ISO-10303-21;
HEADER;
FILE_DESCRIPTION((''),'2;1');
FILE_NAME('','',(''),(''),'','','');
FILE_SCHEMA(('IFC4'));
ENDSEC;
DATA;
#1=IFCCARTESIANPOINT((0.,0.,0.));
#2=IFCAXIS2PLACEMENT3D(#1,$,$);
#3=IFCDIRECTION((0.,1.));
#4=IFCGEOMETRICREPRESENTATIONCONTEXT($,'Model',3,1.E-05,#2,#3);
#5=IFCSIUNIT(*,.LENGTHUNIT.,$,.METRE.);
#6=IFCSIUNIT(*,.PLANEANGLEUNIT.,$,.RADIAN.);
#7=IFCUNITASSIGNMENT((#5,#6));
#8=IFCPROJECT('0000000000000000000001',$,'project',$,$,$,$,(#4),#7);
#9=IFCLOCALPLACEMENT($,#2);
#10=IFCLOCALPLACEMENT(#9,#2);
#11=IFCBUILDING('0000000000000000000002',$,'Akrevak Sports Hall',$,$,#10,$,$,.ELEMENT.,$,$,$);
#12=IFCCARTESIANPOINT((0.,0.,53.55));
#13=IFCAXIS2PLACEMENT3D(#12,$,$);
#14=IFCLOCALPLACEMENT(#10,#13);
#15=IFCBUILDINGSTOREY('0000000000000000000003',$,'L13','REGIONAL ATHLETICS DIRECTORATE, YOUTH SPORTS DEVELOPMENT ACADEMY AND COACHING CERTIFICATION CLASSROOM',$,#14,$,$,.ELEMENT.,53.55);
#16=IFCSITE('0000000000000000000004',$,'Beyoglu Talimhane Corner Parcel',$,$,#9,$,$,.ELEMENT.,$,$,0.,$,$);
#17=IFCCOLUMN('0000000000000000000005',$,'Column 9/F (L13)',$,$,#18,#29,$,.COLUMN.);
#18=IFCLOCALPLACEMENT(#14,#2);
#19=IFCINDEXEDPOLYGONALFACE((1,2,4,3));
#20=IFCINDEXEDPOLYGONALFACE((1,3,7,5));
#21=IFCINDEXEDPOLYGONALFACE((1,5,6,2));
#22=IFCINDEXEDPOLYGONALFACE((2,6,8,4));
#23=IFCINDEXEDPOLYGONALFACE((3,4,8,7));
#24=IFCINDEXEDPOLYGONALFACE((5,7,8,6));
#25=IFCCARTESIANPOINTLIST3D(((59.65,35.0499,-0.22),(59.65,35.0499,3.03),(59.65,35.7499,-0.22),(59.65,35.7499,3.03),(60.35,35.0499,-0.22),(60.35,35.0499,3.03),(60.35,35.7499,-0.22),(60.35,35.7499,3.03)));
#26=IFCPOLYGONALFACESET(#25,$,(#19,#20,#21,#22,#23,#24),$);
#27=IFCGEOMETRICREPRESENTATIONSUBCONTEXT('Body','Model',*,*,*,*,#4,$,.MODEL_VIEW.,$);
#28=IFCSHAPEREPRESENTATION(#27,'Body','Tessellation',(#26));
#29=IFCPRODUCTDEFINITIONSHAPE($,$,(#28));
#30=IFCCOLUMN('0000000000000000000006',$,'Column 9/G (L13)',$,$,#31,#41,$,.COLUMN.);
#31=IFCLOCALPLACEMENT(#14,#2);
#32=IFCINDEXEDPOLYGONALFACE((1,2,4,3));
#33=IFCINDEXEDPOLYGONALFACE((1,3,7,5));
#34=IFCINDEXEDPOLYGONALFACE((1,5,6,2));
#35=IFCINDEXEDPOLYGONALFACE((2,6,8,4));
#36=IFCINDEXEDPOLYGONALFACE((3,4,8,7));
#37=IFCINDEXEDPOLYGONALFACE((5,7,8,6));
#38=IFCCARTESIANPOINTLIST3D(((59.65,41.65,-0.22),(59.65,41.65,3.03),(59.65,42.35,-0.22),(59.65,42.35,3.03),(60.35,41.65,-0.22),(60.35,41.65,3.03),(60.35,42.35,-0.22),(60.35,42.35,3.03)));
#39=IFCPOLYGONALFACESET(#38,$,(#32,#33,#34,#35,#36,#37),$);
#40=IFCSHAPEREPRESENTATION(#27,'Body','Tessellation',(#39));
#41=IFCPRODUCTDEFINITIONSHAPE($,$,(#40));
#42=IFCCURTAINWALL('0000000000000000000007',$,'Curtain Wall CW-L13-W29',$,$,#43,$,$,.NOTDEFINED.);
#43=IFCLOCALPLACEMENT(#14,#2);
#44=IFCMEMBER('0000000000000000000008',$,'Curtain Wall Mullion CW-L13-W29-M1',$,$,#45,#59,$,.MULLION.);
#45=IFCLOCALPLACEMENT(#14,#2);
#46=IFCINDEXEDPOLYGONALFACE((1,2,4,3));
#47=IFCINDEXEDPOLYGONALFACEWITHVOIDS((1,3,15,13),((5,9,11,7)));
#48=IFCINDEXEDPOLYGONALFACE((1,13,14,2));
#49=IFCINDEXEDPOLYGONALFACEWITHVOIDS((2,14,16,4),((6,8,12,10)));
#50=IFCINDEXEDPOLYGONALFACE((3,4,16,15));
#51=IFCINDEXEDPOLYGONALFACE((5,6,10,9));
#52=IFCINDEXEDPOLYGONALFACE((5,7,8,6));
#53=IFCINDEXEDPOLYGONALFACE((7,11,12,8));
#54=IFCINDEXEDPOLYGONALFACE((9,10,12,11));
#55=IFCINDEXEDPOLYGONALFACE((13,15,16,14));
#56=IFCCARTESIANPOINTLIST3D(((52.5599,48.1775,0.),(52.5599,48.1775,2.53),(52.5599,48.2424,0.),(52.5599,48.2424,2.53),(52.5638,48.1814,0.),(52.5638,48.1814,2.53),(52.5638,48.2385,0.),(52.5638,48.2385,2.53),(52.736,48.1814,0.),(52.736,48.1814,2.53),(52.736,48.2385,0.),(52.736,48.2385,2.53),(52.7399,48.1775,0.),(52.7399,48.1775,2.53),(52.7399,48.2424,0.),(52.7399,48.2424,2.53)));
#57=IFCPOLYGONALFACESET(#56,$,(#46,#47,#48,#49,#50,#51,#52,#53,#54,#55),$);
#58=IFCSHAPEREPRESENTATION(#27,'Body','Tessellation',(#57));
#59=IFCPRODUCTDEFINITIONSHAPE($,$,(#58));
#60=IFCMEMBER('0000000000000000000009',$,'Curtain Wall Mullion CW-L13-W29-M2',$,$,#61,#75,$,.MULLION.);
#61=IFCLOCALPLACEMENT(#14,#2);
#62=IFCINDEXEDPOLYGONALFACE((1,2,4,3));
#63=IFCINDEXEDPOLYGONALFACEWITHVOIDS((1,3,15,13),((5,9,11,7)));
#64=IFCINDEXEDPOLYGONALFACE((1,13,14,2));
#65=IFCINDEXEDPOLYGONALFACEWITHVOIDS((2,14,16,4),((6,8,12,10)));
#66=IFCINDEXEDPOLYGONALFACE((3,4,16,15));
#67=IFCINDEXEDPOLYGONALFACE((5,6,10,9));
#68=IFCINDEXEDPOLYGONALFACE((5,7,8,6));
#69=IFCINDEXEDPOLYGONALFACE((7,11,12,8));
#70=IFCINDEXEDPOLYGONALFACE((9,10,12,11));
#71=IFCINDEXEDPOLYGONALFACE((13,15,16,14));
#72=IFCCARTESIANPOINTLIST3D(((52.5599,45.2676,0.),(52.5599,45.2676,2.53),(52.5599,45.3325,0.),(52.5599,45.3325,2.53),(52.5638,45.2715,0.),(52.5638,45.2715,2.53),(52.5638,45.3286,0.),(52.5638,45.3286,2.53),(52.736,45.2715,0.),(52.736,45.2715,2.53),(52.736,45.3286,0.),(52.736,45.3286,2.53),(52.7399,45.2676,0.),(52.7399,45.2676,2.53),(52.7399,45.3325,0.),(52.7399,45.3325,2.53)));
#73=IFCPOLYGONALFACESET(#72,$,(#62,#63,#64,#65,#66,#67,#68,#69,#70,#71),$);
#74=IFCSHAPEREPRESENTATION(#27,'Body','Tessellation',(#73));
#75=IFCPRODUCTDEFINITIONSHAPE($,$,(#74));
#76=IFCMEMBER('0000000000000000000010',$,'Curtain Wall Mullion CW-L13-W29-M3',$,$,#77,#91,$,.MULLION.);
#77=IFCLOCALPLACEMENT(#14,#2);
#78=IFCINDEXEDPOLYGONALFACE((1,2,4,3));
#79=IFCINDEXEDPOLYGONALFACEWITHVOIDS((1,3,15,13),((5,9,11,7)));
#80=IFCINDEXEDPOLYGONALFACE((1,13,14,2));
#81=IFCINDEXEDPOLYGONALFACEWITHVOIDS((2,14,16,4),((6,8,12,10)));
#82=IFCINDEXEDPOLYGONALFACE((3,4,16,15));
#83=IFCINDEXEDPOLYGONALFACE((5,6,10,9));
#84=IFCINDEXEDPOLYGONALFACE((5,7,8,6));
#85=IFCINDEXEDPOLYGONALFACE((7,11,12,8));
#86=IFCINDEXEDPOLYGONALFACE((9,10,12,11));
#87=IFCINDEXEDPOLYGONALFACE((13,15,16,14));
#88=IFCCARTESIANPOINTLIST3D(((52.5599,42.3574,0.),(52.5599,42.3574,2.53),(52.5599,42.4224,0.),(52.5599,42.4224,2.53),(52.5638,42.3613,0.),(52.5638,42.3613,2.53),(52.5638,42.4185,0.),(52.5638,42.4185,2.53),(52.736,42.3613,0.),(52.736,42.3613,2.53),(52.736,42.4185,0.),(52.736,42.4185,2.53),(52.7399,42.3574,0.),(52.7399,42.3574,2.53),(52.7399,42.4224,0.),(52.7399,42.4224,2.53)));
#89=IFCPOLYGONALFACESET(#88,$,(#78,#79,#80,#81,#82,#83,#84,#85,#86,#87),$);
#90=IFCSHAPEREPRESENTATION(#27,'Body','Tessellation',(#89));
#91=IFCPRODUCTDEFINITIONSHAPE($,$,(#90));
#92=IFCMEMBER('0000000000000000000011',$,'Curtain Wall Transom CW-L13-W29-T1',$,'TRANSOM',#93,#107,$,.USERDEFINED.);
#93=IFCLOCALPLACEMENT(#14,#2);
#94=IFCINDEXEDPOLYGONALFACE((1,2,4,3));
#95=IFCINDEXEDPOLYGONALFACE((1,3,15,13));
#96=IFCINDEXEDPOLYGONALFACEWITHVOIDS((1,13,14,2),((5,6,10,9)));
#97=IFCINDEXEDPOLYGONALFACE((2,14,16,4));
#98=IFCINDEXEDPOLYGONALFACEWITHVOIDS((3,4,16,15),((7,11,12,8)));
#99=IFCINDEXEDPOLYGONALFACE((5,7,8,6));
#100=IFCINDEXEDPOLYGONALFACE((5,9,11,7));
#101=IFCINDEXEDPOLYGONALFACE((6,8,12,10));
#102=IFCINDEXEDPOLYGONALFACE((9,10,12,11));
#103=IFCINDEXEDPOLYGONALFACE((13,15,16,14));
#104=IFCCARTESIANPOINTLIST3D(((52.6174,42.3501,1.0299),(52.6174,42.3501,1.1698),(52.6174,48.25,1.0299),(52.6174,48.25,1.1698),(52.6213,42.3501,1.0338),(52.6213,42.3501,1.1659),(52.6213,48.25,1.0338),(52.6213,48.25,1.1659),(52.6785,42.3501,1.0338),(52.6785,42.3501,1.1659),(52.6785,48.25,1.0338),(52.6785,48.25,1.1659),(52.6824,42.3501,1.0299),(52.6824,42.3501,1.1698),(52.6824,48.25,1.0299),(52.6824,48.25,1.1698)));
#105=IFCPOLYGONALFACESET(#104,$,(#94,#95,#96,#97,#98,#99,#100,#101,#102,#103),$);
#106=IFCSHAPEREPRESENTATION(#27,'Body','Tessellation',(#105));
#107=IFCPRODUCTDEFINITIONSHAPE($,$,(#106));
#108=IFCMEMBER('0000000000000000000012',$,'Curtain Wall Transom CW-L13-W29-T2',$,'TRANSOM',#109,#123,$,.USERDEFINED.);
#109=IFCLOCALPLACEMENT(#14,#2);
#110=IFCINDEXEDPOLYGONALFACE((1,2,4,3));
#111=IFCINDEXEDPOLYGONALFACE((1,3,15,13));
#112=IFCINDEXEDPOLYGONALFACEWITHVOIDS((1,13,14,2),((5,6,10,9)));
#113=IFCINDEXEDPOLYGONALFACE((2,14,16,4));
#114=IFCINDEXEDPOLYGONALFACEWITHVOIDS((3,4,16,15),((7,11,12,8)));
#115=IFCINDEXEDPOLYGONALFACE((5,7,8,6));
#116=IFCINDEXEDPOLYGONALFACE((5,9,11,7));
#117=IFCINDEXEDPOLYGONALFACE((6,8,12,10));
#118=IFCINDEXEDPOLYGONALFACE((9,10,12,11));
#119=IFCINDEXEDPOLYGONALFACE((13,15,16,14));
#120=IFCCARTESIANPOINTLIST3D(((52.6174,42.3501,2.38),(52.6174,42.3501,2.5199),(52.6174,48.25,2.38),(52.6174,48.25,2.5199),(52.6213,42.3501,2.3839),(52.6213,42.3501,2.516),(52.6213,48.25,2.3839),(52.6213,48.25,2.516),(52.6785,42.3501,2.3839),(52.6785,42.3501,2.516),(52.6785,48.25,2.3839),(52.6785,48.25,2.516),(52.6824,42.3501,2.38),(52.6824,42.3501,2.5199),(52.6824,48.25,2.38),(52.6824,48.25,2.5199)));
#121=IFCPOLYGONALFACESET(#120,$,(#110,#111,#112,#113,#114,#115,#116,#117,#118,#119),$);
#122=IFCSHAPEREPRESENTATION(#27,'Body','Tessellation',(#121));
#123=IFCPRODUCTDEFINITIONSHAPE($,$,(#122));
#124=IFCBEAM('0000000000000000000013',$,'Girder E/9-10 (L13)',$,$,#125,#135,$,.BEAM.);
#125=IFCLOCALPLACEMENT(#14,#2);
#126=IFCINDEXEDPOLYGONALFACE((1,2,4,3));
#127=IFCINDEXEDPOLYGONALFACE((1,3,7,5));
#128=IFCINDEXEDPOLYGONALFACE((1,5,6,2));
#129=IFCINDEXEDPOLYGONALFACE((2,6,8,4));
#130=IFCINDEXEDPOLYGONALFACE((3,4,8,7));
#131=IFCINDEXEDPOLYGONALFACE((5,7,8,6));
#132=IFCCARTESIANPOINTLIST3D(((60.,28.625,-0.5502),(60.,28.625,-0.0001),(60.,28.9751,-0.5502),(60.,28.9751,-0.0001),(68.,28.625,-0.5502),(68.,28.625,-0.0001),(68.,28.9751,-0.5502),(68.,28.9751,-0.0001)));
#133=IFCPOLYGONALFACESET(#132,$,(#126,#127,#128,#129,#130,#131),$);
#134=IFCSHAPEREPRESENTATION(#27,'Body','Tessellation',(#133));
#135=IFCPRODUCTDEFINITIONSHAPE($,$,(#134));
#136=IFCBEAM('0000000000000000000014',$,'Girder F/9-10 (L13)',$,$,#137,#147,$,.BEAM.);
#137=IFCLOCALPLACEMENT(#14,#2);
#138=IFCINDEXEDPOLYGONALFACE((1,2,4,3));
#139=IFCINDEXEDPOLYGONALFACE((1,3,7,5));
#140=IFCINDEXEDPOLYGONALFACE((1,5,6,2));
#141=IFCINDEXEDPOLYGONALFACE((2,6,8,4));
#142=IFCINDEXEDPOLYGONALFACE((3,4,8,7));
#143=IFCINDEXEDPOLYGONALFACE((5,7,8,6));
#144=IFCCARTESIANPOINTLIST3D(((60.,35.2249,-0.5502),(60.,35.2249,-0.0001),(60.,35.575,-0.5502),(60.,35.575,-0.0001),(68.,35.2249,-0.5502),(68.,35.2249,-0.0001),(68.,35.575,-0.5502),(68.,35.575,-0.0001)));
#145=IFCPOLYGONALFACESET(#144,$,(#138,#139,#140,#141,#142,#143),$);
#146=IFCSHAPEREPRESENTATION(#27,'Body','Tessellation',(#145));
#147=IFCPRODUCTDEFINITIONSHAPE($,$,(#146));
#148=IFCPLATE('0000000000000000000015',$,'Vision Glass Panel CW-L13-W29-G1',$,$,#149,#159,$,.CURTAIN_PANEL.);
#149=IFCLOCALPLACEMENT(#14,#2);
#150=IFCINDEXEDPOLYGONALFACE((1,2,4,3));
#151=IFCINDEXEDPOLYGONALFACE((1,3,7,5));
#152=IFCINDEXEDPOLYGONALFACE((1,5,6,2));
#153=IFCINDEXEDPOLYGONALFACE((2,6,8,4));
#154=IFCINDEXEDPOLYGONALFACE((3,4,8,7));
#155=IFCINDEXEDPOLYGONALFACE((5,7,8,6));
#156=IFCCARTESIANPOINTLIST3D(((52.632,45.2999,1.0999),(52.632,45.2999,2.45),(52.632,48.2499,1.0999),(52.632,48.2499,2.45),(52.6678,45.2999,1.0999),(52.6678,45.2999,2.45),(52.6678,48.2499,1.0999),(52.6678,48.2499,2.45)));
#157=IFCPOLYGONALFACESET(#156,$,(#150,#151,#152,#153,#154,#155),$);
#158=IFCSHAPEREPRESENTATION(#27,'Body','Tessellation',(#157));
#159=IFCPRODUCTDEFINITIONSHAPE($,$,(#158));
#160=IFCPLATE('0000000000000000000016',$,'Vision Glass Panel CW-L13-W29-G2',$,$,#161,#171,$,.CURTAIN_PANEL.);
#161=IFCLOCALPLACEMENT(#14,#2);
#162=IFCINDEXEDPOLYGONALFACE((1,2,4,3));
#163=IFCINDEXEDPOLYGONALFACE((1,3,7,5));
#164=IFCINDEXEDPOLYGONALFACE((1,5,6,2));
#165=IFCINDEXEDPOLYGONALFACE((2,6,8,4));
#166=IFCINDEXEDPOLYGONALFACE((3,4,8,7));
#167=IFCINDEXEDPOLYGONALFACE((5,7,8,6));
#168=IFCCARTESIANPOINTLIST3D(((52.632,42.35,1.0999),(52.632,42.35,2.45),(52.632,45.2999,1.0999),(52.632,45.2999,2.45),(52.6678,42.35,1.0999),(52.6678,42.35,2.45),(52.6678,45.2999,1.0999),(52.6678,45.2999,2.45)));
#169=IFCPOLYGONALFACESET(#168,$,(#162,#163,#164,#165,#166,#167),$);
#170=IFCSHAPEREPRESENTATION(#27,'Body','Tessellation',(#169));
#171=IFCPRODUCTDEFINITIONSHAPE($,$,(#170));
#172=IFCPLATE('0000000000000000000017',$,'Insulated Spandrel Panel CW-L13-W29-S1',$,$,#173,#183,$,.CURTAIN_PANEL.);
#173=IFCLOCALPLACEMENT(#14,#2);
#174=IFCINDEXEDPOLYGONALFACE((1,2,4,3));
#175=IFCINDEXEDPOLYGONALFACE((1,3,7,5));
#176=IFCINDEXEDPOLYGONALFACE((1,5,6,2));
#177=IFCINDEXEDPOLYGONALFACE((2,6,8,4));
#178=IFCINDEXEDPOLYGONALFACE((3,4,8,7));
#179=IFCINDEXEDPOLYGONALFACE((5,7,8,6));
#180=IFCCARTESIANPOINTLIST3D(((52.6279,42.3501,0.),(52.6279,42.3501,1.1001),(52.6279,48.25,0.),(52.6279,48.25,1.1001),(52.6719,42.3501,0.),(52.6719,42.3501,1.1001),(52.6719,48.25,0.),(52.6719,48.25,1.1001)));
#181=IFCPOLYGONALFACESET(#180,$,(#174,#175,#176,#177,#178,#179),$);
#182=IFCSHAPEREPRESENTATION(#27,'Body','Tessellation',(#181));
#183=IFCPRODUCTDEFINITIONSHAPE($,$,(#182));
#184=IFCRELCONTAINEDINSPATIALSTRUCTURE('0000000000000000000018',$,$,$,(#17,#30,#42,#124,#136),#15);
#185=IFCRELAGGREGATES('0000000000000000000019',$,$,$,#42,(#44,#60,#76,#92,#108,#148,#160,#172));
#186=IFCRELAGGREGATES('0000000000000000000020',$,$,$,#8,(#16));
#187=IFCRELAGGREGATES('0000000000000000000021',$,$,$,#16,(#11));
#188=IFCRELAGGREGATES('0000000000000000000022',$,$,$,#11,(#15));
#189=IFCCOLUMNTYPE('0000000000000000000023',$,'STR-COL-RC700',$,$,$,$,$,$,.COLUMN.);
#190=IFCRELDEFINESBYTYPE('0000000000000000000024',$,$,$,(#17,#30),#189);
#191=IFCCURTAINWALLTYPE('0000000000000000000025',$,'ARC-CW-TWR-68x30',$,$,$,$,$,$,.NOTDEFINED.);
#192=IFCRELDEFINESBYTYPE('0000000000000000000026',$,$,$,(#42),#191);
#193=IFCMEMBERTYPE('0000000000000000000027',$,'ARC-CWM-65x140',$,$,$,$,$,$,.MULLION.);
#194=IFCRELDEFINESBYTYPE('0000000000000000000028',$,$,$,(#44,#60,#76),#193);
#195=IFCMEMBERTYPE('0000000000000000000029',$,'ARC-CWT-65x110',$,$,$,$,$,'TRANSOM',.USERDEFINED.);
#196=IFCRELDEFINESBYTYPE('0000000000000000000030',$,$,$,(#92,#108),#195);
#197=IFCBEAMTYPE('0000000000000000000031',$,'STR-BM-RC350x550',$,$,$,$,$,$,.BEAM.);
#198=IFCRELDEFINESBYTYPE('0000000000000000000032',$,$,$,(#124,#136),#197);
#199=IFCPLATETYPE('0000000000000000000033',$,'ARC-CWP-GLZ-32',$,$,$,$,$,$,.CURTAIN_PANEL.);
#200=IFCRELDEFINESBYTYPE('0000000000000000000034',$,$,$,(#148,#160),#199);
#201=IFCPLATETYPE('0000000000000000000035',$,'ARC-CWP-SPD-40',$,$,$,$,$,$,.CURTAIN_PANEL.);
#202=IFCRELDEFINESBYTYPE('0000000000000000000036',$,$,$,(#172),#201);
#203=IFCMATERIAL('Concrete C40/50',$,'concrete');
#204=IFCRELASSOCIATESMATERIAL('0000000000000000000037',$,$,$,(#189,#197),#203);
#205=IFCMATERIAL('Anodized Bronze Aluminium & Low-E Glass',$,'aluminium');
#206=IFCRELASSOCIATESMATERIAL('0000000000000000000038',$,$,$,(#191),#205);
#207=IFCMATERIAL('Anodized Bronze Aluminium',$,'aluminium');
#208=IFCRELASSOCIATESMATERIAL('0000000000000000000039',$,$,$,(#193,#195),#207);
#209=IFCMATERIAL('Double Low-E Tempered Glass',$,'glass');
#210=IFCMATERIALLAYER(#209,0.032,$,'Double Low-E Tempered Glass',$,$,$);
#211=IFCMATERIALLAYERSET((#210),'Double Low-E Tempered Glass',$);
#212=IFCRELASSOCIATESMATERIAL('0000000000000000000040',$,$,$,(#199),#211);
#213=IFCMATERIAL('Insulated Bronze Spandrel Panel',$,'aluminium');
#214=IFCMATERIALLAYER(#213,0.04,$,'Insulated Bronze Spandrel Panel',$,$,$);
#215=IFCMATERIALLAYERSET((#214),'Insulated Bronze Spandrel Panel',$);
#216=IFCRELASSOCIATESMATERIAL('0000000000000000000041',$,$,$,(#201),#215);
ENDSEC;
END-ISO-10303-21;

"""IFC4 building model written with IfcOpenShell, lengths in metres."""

from ifc_helpers import new_model, si_unit, direction, frame, origin, origin_2d, place, context, subcontext, project, spatial, rectangle, hollow_rectangle, extrude, material, layer, layer_set, material_profile, profile_set, type_object, element, aggregate, save


model = new_model("IFC4")

# Units and contexts
model_context = context("Model", 3, precision=1e-05, world=origin(), true_north=direction((0.0, 1.0)))
body_context = subcontext(model_context, "Body", "Model", "MODEL_VIEW")
ifc_project = project(units=[si_unit("LENGTHUNIT", "METRE"), si_unit("PLANEANGLEUNIT", "RADIAN")], contexts=[model_context])

# Site, building, storey
site_placement = place(None, origin())
site = spatial("IfcSite", under=ifc_project, at=site_placement, Name="Beyoglu Talimhane Corner Parcel", CompositionType="ELEMENT", RefElevation=0.0)
building_placement = place(site_placement, origin())
building = spatial("IfcBuilding", under=site, at=building_placement, Name="Akrevak Sports Hall", CompositionType="ELEMENT")
storey_placement = place(building_placement, frame((0.0, 0.0, 53.55)))
storey = spatial("IfcBuildingStorey", under=building, at=storey_placement, Name="L13", Description="REGIONAL ATHLETICS DIRECTORATE, YOUTH SPORTS DEVELOPMENT ACADEMY AND COACHING CERTIFICATION CLASSROOM", CompositionType="ELEMENT", Elevation=53.55)

# Columns
ifc_material_1 = material(Name="Concrete C40/50", Category="concrete")
ifc_material_profile_1 = material_profile(ifc_material_1, rectangle(XDim=0.7, YDim=0.7, at=origin_2d()), Name="RC 700x700", Category="concrete")
ifc_profile_set_1 = profile_set([ifc_material_profile_1], Name="Concrete C40/50")
column_type = type_object("IfcColumnType", Name="STR-COL-RC700", PredefinedType="COLUMN", material=ifc_profile_set_1)
for number, where, z_axis, x_axis, name in (
    (1, (60.0, 35.3999, -0.22), (0.0, 0.0, 1.0), (1.0, 0.0, 0.0), "Column 9/F (L13)"),
    (2, (60.0, 42.0, -0.22), (0.0, 0.0, 1.0), (1.0, 0.0, 0.0), "Column 9/G (L13)"),
):
    element("IfcColumn", number, at=place(storey_placement, frame(where, z_axis=z_axis, x_axis=x_axis)), inside=storey, type_object=column_type, Name=name, PredefinedType="COLUMN", context=body_context, shape_type="SweptSolid", body=[
        extrude(rectangle(XDim=0.7, YDim=0.7, at=origin_2d()), origin(), (0.0, 0.0, 1.0), 3.25),
    ])

# Curtain wall, members
ifc_material_2 = material(Name="Anodized Bronze Aluminium & Low-E Glass", Category="aluminium")
curtain_wall_type = type_object("IfcCurtainWallType", Name="ARC-CW-TWR-68x30", PredefinedType="NOTDEFINED", material=ifc_material_2)
curtain_wall_placement = place(storey_placement, origin())
curtain_wall = element("IfcCurtainWall", 3, at=curtain_wall_placement, inside=storey, type_object=curtain_wall_type, Name="Curtain Wall CW-L13-W29", PredefinedType="NOTDEFINED")
ifc_material_3 = material(Name="Anodized Bronze Aluminium", Category="aluminium")
ifc_material_profile_2 = material_profile(ifc_material_3, hollow_rectangle(XDim=0.0649, YDim=0.1799, WallThickness=0.0039, at=origin_2d()), Name="CWM 65x180", Category="aluminium")
ifc_profile_set_2 = profile_set([ifc_material_profile_2], Name="Anodized Bronze Aluminium")
member_type_1 = type_object("IfcMemberType", Name="ARC-CWM-65x140", PredefinedType="MULLION", material=ifc_profile_set_2)
member_1_placement = place(storey_placement, frame((52.6499, 48.21, 0.0), z_axis=(0.0, 0.0, 1.0), x_axis=(0.0, -1.0, 0.0)))
member_1 = element("IfcMember", 4, at=member_1_placement, type_object=member_type_1, Name="Curtain Wall Mullion CW-L13-W29-M1", PredefinedType="MULLION", context=body_context, shape_type="SweptSolid", body=[
    extrude(hollow_rectangle(XDim=0.0649, YDim=0.1799, WallThickness=0.0039, at=origin_2d()), origin(), (0.0, 0.0, 1.0), 2.53),
])
member_2_placement = place(storey_placement, frame((52.6499, 45.3, 0.0), z_axis=(0.0, 0.0, 1.0), x_axis=(0.0, -1.0, 0.0)))
member_2 = element("IfcMember", 5, at=member_2_placement, type_object=member_type_1, Name="Curtain Wall Mullion CW-L13-W29-M2", PredefinedType="MULLION", context=body_context, shape_type="SweptSolid", body=[
    extrude(hollow_rectangle(XDim=0.0649, YDim=0.1799, WallThickness=0.0039, at=origin_2d()), origin(), (0.0, 0.0, 1.0), 2.53),
])
member_3_placement = place(storey_placement, frame((52.6499, 42.3899, 0.0), z_axis=(0.0, 0.0, 1.0), x_axis=(0.0, -1.0, 0.0)))
member_3 = element("IfcMember", 6, at=member_3_placement, type_object=member_type_1, Name="Curtain Wall Mullion CW-L13-W29-M3", PredefinedType="MULLION", context=body_context, shape_type="SweptSolid", body=[
    extrude(hollow_rectangle(XDim=0.0649, YDim=0.1799, WallThickness=0.0039, at=origin_2d()), origin(), (0.0, 0.0, 1.0), 2.53),
])
ifc_material_profile_3 = material_profile(ifc_material_3, hollow_rectangle(XDim=0.0649, YDim=0.1399, WallThickness=0.0039, at=origin_2d()), Name="CWT 65x140", Category="aluminium")
ifc_profile_set_3 = profile_set([ifc_material_profile_3], Name="Anodized Bronze Aluminium")
member_type_2 = type_object("IfcMemberType", Name="ARC-CWT-65x110", ElementType="TRANSOM", PredefinedType="USERDEFINED", material=ifc_profile_set_3)
member_4_placement = place(storey_placement, frame((52.6499, 48.25, 1.0999), z_axis=(0.0, -1.0, 0.0), x_axis=(1.0, 0.0, 0.0)))
member_4 = element("IfcMember", 7, at=member_4_placement, type_object=member_type_2, Name="Curtain Wall Transom CW-L13-W29-T1", ObjectType="TRANSOM", PredefinedType="USERDEFINED", context=body_context, shape_type="SweptSolid", body=[
    extrude(hollow_rectangle(XDim=0.0649, YDim=0.1399, WallThickness=0.0039, at=origin_2d()), origin(), (0.0, 0.0, 1.0), 5.8999),
])
member_5_placement = place(storey_placement, frame((52.6499, 48.25, 2.45), z_axis=(0.0, -1.0, 0.0), x_axis=(1.0, 0.0, 0.0)))
member_5 = element("IfcMember", 8, at=member_5_placement, type_object=member_type_2, Name="Curtain Wall Transom CW-L13-W29-T2", ObjectType="TRANSOM", PredefinedType="USERDEFINED", context=body_context, shape_type="SweptSolid", body=[
    extrude(hollow_rectangle(XDim=0.0649, YDim=0.1399, WallThickness=0.0039, at=origin_2d()), origin(), (0.0, 0.0, 1.0), 5.8999),
])

# Beams
ifc_material_profile_4 = material_profile(ifc_material_1, rectangle(XDim=0.3501, YDim=0.55, at=origin_2d()), Name="BM 350x550", Category="concrete")
ifc_profile_set_4 = profile_set([ifc_material_profile_4], Name="Concrete C40/50")
beam_type = type_object("IfcBeamType", Name="STR-BM-RC350x550", PredefinedType="BEAM", material=ifc_profile_set_4)
for number, where, z_axis, x_axis, name in (
    (9, (60.0, 28.8, -0.2751), (1.0, 0.0, 0.0), (0.0, 1.0, 0.0), "Girder E/9-10 (L13)"),
    (10, (60.0, 35.3999, -0.2751), (1.0, 0.0, 0.0), (0.0, 1.0, 0.0), "Girder F/9-10 (L13)"),
):
    element("IfcBeam", number, at=place(storey_placement, frame(where, z_axis=z_axis, x_axis=x_axis)), inside=storey, type_object=beam_type, Name=name, PredefinedType="BEAM", context=body_context, shape_type="SweptSolid", body=[
        extrude(rectangle(XDim=0.3501, YDim=0.55, at=origin_2d()), origin(), (0.0, 0.0, 1.0), 8.0),
    ])

# Plates
ifc_material_4 = material(Name="Double Low-E Tempered Glass", Category="glass")
ifc_layer_1 = layer(ifc_material_4, 0.032, Name="Double Low-E Tempered Glass")
ifc_layer_set_1 = layer_set([ifc_layer_1], Name="Double Low-E Tempered Glass")
plate_type_1 = type_object("IfcPlateType", Name="ARC-CWP-GLZ-32", PredefinedType="CURTAIN_PANEL", material=ifc_layer_set_1)
plate_1_placement = place(storey_placement, frame((52.6499, 46.7749, 1.0999), z_axis=(0.0, 0.0, 1.0), x_axis=(0.0, -1.0, 0.0)))
plate_1 = element("IfcPlate", 11, at=plate_1_placement, type_object=plate_type_1, Name="Vision Glass Panel CW-L13-W29-G1", PredefinedType="CURTAIN_PANEL", context=body_context, shape_type="SweptSolid", body=[
    extrude(rectangle(XDim=2.95, YDim=0.0359, at=origin_2d()), origin(), (0.0, 0.0, 1.0), 1.3501),
])
plate_2_placement = place(storey_placement, frame((52.6499, 43.825, 1.0999), z_axis=(0.0, 0.0, 1.0), x_axis=(0.0, -1.0, 0.0)))
plate_2 = element("IfcPlate", 12, at=plate_2_placement, type_object=plate_type_1, Name="Vision Glass Panel CW-L13-W29-G2", PredefinedType="CURTAIN_PANEL", context=body_context, shape_type="SweptSolid", body=[
    extrude(rectangle(XDim=2.95, YDim=0.0359, at=origin_2d()), origin(), (0.0, 0.0, 1.0), 1.3501),
])
ifc_material_5 = material(Name="Insulated Bronze Spandrel Panel", Category="aluminium")
ifc_layer_2 = layer(ifc_material_5, 0.04, Name="Insulated Bronze Spandrel Panel")
ifc_layer_set_2 = layer_set([ifc_layer_2], Name="Insulated Bronze Spandrel Panel")
plate_type_2 = type_object("IfcPlateType", Name="ARC-CWP-SPD-40", PredefinedType="CURTAIN_PANEL", material=ifc_layer_set_2)
plate_3_placement = place(storey_placement, frame((52.6499, 45.3, 0.0), z_axis=(0.0, 0.0, 1.0), x_axis=(0.0, -1.0, 0.0)))
plate_3 = element("IfcPlate", 13, at=plate_3_placement, type_object=plate_type_2, Name="Insulated Spandrel Panel CW-L13-W29-S1", PredefinedType="CURTAIN_PANEL", context=body_context, shape_type="SweptSolid", body=[
    extrude(rectangle(XDim=5.8999, YDim=0.0439, at=origin_2d()), origin(), (0.0, 0.0, 1.0), 1.1001),
])
aggregate(curtain_wall, [member_1, member_2, member_3, member_4, member_5, plate_1, plate_2, plate_3])

save(model, "model.ifc")
